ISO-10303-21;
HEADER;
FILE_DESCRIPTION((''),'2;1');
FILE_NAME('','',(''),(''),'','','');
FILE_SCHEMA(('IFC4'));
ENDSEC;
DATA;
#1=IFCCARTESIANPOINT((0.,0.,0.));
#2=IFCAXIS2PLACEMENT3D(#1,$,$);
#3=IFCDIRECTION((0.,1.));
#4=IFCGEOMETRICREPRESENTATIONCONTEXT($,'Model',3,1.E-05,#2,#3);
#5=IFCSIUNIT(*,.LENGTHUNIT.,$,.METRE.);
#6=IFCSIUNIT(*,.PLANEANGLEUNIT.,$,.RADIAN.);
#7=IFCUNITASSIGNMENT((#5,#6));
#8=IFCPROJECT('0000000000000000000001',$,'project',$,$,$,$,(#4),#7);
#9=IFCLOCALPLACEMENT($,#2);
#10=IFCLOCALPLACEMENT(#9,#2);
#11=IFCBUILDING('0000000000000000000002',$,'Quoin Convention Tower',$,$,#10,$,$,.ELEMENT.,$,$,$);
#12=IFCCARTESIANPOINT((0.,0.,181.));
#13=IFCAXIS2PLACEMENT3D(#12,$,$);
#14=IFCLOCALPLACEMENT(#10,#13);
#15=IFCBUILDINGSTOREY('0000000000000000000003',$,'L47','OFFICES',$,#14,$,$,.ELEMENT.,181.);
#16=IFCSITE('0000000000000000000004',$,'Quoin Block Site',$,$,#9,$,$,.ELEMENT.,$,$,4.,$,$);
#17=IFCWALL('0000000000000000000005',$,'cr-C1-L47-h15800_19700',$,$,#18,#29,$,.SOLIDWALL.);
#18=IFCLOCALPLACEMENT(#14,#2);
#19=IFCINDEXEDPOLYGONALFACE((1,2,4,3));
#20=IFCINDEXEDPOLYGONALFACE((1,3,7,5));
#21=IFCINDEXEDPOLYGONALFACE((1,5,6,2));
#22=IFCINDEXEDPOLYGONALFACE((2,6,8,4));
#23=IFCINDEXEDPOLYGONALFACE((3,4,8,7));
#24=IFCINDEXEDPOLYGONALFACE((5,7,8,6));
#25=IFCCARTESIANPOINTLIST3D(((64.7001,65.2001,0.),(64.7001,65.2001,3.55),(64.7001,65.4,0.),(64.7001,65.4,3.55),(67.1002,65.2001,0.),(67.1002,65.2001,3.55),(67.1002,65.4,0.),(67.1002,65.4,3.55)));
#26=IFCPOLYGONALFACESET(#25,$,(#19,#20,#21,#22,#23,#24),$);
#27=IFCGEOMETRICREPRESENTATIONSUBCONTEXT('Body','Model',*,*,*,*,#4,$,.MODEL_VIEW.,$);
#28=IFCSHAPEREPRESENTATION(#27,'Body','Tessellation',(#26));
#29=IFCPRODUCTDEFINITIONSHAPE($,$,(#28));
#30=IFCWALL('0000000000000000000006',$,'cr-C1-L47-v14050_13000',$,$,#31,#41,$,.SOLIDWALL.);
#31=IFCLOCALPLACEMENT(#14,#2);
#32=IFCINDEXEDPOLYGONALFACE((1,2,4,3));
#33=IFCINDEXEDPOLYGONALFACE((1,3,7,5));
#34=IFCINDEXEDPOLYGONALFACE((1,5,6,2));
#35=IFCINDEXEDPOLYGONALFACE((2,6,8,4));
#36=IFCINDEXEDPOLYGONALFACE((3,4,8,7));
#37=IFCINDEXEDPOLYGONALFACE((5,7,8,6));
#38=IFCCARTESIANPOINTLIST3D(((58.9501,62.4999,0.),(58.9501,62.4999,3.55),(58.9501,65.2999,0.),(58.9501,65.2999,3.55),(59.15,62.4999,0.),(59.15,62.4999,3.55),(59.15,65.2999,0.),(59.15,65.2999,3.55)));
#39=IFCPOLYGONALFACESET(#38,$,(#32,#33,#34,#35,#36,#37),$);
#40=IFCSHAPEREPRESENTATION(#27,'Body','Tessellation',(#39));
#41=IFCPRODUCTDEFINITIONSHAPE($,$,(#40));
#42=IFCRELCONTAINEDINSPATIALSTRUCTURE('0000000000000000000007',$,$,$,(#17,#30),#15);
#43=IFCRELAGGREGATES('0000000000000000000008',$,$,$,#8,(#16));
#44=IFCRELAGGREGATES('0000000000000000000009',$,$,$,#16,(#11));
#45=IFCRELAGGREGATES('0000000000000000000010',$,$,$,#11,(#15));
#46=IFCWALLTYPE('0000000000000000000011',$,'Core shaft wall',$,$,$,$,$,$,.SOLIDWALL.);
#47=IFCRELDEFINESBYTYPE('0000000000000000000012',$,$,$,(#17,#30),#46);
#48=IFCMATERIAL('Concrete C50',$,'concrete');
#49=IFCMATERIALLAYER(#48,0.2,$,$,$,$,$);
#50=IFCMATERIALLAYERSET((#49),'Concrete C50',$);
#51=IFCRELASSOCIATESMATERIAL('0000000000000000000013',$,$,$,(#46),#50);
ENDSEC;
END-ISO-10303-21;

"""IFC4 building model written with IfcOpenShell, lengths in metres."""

from ifc_helpers import new_model, si_unit, direction, frame, frame_2d, origin, place, context, subcontext, project, spatial, rectangle, extrude, material, layer, layer_set, type_object, element, save


model = new_model("IFC4")

# Units and contexts
model_context = context("Model", 3, precision=1e-05, world=origin(), true_north=direction((0.0, 1.0)))
body_context = subcontext(model_context, "Body", "Model", "MODEL_VIEW")
ifc_project = project(units=[si_unit("LENGTHUNIT", "METRE"), si_unit("PLANEANGLEUNIT", "RADIAN")], contexts=[model_context])

# Site, building, storey
site_placement = place(None, origin())
site = spatial("IfcSite", under=ifc_project, at=site_placement, Name="Quoin Block Site", CompositionType="ELEMENT", RefElevation=4.0)
building_placement = place(site_placement, origin())
building = spatial("IfcBuilding", under=site, at=building_placement, Name="Quoin Convention Tower", CompositionType="ELEMENT")
storey_placement = place(building_placement, frame((0.0, 0.0, 181.0)))
storey = spatial("IfcBuildingStorey", under=building, at=storey_placement, Name="L47", Description="OFFICES", CompositionType="ELEMENT", Elevation=181.0)

# Shared definitions
ifc_material_1 = material(Name="Concrete C50", Category="concrete")

# Walls
ifc_layer_1 = layer(ifc_material_1, 0.2)
ifc_layer_set_1 = layer_set([ifc_layer_1], Name="Concrete C50")
wall_type_1 = type_object("IfcWallType", Name="Core shaft wall", PredefinedType="SOLIDWALL", material=ifc_layer_set_1)
wall_1_placement = place(storey_placement, frame((64.7, 65.3, 0.0), z_axis=(0.0, 0.0, 1.0), x_axis=(1.0, 0.0, 0.0)))
element("IfcWall", 1, at=wall_1_placement, inside=storey, type_object=wall_type_1, Name="cr-C1-L47-h15800_19700", PredefinedType="SOLIDWALL", context=body_context, shape_type="SweptSolid", body=[
    extrude(rectangle(XDim=2.4001, YDim=0.2, at=frame_2d((1.2002, 0.0))), origin(), (0.0, 0.0, 1.0), 3.55),
])
wall_2_placement = place(storey_placement, frame((59.05, 62.5, 0.0), z_axis=(0.0, 0.0, 1.0), x_axis=(0.0, 1.0, 0.0)))
element("IfcWall", 2, at=wall_2_placement, inside=storey, type_object=wall_type_1, Name="cr-C1-L47-v14050_13000", PredefinedType="SOLIDWALL", context=body_context, shape_type="SweptSolid", body=[
    extrude(rectangle(XDim=2.8, YDim=0.2, at=frame_2d((1.3999, 0.0))), origin(), (0.0, 0.0, 1.0), 3.55),
])

save(model, "model.ifc")
